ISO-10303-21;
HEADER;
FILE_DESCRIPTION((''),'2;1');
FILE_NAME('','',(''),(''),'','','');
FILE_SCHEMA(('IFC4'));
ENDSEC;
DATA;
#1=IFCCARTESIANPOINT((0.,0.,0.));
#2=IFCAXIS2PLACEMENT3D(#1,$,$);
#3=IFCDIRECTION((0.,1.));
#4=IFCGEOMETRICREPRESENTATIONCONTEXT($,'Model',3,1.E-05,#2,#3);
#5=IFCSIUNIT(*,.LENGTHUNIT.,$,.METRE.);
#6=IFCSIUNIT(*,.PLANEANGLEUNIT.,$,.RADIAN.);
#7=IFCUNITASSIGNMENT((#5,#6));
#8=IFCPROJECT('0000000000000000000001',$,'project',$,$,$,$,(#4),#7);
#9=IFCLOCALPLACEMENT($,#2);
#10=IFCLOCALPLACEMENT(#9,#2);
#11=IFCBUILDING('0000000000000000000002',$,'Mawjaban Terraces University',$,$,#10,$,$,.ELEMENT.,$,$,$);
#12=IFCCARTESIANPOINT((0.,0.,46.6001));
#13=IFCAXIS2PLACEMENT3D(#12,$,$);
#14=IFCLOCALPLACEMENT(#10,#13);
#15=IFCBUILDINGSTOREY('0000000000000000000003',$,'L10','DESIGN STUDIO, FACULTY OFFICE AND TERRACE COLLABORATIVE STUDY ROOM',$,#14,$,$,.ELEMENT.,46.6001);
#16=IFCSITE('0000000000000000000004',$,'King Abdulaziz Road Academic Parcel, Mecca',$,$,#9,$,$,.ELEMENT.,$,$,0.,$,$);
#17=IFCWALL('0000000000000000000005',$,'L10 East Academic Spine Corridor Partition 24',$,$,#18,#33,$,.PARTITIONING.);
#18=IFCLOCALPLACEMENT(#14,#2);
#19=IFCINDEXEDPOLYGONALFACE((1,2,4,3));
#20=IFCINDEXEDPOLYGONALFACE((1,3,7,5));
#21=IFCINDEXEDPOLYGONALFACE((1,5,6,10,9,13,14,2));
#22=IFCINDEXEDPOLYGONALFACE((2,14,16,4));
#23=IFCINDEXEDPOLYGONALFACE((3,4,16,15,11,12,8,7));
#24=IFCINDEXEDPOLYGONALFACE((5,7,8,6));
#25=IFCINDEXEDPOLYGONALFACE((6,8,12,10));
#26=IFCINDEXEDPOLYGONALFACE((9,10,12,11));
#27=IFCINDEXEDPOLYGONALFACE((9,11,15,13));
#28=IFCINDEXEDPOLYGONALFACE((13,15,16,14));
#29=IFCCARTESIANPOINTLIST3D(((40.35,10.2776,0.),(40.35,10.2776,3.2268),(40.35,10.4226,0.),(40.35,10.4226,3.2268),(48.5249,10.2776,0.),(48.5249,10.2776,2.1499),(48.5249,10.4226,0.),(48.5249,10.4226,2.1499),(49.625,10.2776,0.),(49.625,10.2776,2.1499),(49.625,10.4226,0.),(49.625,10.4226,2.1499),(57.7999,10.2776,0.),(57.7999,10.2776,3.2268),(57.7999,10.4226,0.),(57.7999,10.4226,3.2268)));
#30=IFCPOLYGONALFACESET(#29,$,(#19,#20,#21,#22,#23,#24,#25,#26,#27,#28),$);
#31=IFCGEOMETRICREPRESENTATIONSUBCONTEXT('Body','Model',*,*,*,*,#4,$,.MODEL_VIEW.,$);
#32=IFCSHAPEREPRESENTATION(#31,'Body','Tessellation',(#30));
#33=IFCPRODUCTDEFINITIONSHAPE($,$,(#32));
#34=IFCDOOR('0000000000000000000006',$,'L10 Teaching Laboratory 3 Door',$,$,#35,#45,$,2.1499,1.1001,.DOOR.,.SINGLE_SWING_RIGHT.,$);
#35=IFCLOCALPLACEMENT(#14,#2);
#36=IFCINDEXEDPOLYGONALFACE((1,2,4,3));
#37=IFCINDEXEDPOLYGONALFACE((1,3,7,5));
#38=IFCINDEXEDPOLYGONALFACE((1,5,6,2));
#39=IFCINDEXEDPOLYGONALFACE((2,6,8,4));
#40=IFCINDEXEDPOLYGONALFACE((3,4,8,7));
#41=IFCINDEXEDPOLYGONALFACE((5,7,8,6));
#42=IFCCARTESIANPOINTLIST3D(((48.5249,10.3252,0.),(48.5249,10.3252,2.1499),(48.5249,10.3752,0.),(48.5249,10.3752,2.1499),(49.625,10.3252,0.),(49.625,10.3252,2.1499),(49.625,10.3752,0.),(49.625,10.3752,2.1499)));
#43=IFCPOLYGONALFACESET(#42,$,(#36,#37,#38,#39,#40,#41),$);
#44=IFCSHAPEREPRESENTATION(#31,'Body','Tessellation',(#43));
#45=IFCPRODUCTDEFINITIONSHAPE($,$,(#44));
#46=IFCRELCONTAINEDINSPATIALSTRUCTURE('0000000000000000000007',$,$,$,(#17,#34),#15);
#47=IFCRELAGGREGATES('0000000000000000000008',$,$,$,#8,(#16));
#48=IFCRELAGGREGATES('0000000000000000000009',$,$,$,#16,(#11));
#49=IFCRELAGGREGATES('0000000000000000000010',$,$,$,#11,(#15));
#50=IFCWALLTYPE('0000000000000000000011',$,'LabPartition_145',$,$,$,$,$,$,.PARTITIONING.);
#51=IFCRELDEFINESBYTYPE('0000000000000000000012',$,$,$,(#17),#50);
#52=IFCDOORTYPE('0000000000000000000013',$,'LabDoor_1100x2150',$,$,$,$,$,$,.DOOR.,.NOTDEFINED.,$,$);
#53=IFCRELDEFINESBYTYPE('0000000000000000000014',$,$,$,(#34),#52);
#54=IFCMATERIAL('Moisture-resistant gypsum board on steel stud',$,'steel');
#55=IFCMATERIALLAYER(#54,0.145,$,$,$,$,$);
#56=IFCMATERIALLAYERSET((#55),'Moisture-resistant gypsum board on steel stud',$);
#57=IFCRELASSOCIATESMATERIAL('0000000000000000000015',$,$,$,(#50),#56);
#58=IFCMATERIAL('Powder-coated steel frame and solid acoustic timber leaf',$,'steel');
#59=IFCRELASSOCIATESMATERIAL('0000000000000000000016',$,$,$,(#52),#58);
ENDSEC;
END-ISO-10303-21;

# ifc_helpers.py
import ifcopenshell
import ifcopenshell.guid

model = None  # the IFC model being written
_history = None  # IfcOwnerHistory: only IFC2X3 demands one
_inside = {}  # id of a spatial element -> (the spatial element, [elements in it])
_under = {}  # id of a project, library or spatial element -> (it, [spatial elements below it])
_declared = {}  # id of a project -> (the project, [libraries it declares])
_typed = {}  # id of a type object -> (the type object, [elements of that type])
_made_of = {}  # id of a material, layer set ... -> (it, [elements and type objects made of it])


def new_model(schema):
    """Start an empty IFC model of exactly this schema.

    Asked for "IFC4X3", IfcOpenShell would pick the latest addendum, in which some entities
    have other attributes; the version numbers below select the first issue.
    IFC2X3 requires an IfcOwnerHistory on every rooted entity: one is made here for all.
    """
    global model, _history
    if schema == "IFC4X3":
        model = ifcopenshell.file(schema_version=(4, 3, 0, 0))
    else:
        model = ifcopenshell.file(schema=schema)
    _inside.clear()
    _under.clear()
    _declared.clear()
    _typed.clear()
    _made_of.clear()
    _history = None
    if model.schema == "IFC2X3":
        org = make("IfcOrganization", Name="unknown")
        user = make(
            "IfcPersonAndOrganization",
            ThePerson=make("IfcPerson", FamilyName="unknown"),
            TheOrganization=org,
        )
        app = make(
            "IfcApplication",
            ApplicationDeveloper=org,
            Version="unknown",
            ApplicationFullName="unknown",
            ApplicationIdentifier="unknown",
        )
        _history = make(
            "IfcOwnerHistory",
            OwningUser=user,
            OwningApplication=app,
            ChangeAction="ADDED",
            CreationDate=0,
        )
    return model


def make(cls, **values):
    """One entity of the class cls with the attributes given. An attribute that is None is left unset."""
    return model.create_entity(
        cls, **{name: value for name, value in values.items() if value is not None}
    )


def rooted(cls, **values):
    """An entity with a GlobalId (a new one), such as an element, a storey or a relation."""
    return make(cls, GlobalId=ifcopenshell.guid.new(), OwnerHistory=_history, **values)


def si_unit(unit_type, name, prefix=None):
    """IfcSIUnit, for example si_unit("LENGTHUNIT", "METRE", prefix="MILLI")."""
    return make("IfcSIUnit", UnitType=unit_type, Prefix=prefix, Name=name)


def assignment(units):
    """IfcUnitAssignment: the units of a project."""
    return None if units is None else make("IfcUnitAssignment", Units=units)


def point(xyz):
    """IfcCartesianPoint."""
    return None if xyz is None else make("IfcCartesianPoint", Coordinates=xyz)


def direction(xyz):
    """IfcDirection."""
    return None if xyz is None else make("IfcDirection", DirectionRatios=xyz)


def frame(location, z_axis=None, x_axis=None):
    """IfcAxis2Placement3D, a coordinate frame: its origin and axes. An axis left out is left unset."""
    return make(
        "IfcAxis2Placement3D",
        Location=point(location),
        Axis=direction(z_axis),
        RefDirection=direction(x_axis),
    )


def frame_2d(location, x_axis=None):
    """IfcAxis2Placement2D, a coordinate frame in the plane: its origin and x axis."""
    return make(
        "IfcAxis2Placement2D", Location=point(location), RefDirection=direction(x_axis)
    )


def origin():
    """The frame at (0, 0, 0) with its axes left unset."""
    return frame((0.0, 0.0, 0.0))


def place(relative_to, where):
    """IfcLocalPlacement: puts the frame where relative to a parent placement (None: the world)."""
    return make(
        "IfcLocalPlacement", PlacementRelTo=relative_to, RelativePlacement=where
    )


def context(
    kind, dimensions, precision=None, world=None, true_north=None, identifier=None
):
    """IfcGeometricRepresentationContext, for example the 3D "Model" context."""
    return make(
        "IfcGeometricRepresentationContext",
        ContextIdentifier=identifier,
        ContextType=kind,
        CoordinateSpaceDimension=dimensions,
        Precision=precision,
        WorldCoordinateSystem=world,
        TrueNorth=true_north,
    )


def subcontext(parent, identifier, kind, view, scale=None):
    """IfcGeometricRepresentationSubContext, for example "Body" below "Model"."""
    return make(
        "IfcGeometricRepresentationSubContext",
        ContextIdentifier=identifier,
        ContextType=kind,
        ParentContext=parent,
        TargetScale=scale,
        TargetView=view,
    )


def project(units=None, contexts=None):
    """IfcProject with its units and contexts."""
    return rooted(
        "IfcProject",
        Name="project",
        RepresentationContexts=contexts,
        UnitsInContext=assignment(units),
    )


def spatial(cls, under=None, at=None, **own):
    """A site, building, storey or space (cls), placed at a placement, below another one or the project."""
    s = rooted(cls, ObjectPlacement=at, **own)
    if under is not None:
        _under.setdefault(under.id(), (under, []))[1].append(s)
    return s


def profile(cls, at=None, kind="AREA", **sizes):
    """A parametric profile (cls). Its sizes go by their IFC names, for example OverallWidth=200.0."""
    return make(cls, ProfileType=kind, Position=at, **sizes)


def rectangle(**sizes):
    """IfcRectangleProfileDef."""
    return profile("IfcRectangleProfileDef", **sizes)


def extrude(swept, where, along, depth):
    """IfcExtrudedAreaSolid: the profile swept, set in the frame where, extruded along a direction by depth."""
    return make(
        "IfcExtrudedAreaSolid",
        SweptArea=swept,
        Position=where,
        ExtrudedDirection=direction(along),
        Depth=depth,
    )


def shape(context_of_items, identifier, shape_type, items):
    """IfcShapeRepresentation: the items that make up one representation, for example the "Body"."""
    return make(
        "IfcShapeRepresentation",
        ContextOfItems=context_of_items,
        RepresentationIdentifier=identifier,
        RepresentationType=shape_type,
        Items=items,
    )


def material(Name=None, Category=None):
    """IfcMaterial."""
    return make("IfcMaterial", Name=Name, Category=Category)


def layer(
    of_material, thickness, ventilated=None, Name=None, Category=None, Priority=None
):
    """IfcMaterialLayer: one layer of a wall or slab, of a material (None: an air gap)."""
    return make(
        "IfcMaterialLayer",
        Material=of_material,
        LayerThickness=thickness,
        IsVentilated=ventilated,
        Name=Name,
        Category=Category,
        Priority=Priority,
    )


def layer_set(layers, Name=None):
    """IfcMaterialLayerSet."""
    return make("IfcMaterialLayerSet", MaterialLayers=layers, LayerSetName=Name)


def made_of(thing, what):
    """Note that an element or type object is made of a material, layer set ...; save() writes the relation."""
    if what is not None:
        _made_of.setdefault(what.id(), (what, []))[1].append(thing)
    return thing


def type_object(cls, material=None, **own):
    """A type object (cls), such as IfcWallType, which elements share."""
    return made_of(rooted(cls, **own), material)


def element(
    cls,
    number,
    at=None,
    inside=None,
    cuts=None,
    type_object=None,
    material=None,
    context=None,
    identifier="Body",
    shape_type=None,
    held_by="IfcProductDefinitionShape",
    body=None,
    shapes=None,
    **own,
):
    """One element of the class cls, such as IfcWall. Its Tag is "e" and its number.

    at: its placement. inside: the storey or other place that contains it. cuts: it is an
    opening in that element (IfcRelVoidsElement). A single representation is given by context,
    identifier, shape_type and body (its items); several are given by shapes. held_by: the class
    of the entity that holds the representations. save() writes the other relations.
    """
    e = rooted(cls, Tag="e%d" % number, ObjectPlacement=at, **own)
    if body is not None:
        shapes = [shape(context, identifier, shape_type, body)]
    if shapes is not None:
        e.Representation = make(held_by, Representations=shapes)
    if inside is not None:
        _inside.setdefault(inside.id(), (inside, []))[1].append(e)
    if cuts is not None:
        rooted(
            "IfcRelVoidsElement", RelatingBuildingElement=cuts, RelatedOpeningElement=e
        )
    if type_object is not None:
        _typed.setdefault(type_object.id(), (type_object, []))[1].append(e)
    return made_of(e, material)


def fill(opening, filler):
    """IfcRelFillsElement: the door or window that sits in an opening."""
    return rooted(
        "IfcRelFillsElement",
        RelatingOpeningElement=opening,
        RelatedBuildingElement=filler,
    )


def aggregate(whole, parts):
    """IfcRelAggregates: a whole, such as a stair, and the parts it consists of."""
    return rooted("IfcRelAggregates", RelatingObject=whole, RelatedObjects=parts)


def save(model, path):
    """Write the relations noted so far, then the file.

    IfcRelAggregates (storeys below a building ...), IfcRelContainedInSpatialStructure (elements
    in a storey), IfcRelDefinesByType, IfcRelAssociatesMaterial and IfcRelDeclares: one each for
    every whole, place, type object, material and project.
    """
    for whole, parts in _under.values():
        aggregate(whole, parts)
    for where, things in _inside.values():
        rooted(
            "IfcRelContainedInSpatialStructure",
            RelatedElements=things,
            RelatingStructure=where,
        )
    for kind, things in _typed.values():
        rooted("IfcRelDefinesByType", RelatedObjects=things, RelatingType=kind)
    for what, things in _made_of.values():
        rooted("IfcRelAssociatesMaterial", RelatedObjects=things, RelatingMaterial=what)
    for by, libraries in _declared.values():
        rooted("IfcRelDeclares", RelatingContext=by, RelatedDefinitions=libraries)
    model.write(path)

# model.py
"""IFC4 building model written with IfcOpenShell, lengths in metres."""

from ifc_helpers import new_model, si_unit, direction, frame, frame_2d, origin, place, context, subcontext, project, spatial, rectangle, extrude, material, layer, layer_set, type_object, element, fill, save


model = new_model("IFC4")

# Units and contexts
model_context = context("Model", 3, precision=1e-05, world=origin(), true_north=direction((0.0, 1.0)))
body_context = subcontext(model_context, "Body", "Model", "MODEL_VIEW")
ifc_project = project(units=[si_unit("LENGTHUNIT", "METRE"), si_unit("PLANEANGLEUNIT", "RADIAN")], contexts=[model_context])

# Site, building, storey
site_placement = place(None, origin())
site = spatial("IfcSite", under=ifc_project, at=site_placement, Name="King Abdulaziz Road Academic Parcel, Mecca", CompositionType="ELEMENT", RefElevation=0.0)
building_placement = place(site_placement, origin())
building = spatial("IfcBuilding", under=site, at=building_placement, Name="Mawjaban Terraces University", CompositionType="ELEMENT")
storey_placement = place(building_placement, frame((0.0, 0.0, 46.6001)))
storey = spatial("IfcBuildingStorey", under=building, at=storey_placement, Name="L10", Description="DESIGN STUDIO, FACULTY OFFICE AND TERRACE COLLABORATIVE STUDY ROOM", CompositionType="ELEMENT", Elevation=46.6001)

# Shared definitions
ifc_material_1 = material(Name="Powder-coated steel frame and solid acoustic timber leaf", Category="steel")

# Wall, opening, door
ifc_material_2 = material(Name="Moisture-resistant gypsum board on steel stud", Category="steel")
ifc_layer_1 = layer(ifc_material_2, 0.145)
ifc_layer_set_1 = layer_set([ifc_layer_1], Name="Moisture-resistant gypsum board on steel stud")
wall_type_1 = type_object("IfcWallType", Name="LabPartition_145", PredefinedType="PARTITIONING", material=ifc_layer_set_1)
wall_1_placement = place(storey_placement, frame((57.8, 10.3501, 0.0), z_axis=(0.0, 0.0, 1.0), x_axis=(-1.0, 0.0, 0.0)))
wall_1 = element("IfcWall", 1, at=wall_1_placement, inside=storey, type_object=wall_type_1, Name="L10 East Academic Spine Corridor Partition 24", PredefinedType="PARTITIONING", context=body_context, shape_type="SweptSolid", body=[
    extrude(rectangle(XDim=17.45, YDim=0.145, at=frame_2d((8.7251, 0.0))), origin(), (0.0, 0.0, 1.0), 3.2268),
])
opening_1_placement = place(wall_1_placement, frame((8.175, 0.0, 0.0)))
opening_1 = element("IfcOpeningElement", 2, at=opening_1_placement, cuts=wall_1, PredefinedType="OPENING", context=body_context, shape_type="SweptSolid", body=[
    extrude(rectangle(XDim=1.1001, YDim=2.1499, at=frame_2d((0.55, 1.075))), frame((0.0, 0.0825, 0.0), z_axis=(0.0, -1.0, 0.0), x_axis=(1.0, 0.0, 0.0)), (0.0, 0.0, 1.0), 0.165),
])
door_type_1 = type_object("IfcDoorType", Name="LabDoor_1100x2150", OperationType="NOTDEFINED", PredefinedType="DOOR", material=ifc_material_1)
door_1_placement = place(opening_1_placement, origin())
door_1 = element("IfcDoor", 3, at=door_1_placement, inside=storey, type_object=door_type_1, Name="L10 Teaching Laboratory 3 Door", OperationType="SINGLE_SWING_RIGHT", OverallHeight=2.1499, OverallWidth=1.1001, PredefinedType="DOOR", context=body_context, shape_type="SweptSolid", body=[
    extrude(rectangle(XDim=1.1001, YDim=2.1499, at=frame_2d((0.55, 1.075))), frame((0.0, 0.0249, 0.0), z_axis=(0.0, -1.0, 0.0), x_axis=(1.0, 0.0, 0.0)), (0.0, 0.0, 1.0), 0.05),
])
fill(opening_1, door_1)

save(model, "model.ifc")
